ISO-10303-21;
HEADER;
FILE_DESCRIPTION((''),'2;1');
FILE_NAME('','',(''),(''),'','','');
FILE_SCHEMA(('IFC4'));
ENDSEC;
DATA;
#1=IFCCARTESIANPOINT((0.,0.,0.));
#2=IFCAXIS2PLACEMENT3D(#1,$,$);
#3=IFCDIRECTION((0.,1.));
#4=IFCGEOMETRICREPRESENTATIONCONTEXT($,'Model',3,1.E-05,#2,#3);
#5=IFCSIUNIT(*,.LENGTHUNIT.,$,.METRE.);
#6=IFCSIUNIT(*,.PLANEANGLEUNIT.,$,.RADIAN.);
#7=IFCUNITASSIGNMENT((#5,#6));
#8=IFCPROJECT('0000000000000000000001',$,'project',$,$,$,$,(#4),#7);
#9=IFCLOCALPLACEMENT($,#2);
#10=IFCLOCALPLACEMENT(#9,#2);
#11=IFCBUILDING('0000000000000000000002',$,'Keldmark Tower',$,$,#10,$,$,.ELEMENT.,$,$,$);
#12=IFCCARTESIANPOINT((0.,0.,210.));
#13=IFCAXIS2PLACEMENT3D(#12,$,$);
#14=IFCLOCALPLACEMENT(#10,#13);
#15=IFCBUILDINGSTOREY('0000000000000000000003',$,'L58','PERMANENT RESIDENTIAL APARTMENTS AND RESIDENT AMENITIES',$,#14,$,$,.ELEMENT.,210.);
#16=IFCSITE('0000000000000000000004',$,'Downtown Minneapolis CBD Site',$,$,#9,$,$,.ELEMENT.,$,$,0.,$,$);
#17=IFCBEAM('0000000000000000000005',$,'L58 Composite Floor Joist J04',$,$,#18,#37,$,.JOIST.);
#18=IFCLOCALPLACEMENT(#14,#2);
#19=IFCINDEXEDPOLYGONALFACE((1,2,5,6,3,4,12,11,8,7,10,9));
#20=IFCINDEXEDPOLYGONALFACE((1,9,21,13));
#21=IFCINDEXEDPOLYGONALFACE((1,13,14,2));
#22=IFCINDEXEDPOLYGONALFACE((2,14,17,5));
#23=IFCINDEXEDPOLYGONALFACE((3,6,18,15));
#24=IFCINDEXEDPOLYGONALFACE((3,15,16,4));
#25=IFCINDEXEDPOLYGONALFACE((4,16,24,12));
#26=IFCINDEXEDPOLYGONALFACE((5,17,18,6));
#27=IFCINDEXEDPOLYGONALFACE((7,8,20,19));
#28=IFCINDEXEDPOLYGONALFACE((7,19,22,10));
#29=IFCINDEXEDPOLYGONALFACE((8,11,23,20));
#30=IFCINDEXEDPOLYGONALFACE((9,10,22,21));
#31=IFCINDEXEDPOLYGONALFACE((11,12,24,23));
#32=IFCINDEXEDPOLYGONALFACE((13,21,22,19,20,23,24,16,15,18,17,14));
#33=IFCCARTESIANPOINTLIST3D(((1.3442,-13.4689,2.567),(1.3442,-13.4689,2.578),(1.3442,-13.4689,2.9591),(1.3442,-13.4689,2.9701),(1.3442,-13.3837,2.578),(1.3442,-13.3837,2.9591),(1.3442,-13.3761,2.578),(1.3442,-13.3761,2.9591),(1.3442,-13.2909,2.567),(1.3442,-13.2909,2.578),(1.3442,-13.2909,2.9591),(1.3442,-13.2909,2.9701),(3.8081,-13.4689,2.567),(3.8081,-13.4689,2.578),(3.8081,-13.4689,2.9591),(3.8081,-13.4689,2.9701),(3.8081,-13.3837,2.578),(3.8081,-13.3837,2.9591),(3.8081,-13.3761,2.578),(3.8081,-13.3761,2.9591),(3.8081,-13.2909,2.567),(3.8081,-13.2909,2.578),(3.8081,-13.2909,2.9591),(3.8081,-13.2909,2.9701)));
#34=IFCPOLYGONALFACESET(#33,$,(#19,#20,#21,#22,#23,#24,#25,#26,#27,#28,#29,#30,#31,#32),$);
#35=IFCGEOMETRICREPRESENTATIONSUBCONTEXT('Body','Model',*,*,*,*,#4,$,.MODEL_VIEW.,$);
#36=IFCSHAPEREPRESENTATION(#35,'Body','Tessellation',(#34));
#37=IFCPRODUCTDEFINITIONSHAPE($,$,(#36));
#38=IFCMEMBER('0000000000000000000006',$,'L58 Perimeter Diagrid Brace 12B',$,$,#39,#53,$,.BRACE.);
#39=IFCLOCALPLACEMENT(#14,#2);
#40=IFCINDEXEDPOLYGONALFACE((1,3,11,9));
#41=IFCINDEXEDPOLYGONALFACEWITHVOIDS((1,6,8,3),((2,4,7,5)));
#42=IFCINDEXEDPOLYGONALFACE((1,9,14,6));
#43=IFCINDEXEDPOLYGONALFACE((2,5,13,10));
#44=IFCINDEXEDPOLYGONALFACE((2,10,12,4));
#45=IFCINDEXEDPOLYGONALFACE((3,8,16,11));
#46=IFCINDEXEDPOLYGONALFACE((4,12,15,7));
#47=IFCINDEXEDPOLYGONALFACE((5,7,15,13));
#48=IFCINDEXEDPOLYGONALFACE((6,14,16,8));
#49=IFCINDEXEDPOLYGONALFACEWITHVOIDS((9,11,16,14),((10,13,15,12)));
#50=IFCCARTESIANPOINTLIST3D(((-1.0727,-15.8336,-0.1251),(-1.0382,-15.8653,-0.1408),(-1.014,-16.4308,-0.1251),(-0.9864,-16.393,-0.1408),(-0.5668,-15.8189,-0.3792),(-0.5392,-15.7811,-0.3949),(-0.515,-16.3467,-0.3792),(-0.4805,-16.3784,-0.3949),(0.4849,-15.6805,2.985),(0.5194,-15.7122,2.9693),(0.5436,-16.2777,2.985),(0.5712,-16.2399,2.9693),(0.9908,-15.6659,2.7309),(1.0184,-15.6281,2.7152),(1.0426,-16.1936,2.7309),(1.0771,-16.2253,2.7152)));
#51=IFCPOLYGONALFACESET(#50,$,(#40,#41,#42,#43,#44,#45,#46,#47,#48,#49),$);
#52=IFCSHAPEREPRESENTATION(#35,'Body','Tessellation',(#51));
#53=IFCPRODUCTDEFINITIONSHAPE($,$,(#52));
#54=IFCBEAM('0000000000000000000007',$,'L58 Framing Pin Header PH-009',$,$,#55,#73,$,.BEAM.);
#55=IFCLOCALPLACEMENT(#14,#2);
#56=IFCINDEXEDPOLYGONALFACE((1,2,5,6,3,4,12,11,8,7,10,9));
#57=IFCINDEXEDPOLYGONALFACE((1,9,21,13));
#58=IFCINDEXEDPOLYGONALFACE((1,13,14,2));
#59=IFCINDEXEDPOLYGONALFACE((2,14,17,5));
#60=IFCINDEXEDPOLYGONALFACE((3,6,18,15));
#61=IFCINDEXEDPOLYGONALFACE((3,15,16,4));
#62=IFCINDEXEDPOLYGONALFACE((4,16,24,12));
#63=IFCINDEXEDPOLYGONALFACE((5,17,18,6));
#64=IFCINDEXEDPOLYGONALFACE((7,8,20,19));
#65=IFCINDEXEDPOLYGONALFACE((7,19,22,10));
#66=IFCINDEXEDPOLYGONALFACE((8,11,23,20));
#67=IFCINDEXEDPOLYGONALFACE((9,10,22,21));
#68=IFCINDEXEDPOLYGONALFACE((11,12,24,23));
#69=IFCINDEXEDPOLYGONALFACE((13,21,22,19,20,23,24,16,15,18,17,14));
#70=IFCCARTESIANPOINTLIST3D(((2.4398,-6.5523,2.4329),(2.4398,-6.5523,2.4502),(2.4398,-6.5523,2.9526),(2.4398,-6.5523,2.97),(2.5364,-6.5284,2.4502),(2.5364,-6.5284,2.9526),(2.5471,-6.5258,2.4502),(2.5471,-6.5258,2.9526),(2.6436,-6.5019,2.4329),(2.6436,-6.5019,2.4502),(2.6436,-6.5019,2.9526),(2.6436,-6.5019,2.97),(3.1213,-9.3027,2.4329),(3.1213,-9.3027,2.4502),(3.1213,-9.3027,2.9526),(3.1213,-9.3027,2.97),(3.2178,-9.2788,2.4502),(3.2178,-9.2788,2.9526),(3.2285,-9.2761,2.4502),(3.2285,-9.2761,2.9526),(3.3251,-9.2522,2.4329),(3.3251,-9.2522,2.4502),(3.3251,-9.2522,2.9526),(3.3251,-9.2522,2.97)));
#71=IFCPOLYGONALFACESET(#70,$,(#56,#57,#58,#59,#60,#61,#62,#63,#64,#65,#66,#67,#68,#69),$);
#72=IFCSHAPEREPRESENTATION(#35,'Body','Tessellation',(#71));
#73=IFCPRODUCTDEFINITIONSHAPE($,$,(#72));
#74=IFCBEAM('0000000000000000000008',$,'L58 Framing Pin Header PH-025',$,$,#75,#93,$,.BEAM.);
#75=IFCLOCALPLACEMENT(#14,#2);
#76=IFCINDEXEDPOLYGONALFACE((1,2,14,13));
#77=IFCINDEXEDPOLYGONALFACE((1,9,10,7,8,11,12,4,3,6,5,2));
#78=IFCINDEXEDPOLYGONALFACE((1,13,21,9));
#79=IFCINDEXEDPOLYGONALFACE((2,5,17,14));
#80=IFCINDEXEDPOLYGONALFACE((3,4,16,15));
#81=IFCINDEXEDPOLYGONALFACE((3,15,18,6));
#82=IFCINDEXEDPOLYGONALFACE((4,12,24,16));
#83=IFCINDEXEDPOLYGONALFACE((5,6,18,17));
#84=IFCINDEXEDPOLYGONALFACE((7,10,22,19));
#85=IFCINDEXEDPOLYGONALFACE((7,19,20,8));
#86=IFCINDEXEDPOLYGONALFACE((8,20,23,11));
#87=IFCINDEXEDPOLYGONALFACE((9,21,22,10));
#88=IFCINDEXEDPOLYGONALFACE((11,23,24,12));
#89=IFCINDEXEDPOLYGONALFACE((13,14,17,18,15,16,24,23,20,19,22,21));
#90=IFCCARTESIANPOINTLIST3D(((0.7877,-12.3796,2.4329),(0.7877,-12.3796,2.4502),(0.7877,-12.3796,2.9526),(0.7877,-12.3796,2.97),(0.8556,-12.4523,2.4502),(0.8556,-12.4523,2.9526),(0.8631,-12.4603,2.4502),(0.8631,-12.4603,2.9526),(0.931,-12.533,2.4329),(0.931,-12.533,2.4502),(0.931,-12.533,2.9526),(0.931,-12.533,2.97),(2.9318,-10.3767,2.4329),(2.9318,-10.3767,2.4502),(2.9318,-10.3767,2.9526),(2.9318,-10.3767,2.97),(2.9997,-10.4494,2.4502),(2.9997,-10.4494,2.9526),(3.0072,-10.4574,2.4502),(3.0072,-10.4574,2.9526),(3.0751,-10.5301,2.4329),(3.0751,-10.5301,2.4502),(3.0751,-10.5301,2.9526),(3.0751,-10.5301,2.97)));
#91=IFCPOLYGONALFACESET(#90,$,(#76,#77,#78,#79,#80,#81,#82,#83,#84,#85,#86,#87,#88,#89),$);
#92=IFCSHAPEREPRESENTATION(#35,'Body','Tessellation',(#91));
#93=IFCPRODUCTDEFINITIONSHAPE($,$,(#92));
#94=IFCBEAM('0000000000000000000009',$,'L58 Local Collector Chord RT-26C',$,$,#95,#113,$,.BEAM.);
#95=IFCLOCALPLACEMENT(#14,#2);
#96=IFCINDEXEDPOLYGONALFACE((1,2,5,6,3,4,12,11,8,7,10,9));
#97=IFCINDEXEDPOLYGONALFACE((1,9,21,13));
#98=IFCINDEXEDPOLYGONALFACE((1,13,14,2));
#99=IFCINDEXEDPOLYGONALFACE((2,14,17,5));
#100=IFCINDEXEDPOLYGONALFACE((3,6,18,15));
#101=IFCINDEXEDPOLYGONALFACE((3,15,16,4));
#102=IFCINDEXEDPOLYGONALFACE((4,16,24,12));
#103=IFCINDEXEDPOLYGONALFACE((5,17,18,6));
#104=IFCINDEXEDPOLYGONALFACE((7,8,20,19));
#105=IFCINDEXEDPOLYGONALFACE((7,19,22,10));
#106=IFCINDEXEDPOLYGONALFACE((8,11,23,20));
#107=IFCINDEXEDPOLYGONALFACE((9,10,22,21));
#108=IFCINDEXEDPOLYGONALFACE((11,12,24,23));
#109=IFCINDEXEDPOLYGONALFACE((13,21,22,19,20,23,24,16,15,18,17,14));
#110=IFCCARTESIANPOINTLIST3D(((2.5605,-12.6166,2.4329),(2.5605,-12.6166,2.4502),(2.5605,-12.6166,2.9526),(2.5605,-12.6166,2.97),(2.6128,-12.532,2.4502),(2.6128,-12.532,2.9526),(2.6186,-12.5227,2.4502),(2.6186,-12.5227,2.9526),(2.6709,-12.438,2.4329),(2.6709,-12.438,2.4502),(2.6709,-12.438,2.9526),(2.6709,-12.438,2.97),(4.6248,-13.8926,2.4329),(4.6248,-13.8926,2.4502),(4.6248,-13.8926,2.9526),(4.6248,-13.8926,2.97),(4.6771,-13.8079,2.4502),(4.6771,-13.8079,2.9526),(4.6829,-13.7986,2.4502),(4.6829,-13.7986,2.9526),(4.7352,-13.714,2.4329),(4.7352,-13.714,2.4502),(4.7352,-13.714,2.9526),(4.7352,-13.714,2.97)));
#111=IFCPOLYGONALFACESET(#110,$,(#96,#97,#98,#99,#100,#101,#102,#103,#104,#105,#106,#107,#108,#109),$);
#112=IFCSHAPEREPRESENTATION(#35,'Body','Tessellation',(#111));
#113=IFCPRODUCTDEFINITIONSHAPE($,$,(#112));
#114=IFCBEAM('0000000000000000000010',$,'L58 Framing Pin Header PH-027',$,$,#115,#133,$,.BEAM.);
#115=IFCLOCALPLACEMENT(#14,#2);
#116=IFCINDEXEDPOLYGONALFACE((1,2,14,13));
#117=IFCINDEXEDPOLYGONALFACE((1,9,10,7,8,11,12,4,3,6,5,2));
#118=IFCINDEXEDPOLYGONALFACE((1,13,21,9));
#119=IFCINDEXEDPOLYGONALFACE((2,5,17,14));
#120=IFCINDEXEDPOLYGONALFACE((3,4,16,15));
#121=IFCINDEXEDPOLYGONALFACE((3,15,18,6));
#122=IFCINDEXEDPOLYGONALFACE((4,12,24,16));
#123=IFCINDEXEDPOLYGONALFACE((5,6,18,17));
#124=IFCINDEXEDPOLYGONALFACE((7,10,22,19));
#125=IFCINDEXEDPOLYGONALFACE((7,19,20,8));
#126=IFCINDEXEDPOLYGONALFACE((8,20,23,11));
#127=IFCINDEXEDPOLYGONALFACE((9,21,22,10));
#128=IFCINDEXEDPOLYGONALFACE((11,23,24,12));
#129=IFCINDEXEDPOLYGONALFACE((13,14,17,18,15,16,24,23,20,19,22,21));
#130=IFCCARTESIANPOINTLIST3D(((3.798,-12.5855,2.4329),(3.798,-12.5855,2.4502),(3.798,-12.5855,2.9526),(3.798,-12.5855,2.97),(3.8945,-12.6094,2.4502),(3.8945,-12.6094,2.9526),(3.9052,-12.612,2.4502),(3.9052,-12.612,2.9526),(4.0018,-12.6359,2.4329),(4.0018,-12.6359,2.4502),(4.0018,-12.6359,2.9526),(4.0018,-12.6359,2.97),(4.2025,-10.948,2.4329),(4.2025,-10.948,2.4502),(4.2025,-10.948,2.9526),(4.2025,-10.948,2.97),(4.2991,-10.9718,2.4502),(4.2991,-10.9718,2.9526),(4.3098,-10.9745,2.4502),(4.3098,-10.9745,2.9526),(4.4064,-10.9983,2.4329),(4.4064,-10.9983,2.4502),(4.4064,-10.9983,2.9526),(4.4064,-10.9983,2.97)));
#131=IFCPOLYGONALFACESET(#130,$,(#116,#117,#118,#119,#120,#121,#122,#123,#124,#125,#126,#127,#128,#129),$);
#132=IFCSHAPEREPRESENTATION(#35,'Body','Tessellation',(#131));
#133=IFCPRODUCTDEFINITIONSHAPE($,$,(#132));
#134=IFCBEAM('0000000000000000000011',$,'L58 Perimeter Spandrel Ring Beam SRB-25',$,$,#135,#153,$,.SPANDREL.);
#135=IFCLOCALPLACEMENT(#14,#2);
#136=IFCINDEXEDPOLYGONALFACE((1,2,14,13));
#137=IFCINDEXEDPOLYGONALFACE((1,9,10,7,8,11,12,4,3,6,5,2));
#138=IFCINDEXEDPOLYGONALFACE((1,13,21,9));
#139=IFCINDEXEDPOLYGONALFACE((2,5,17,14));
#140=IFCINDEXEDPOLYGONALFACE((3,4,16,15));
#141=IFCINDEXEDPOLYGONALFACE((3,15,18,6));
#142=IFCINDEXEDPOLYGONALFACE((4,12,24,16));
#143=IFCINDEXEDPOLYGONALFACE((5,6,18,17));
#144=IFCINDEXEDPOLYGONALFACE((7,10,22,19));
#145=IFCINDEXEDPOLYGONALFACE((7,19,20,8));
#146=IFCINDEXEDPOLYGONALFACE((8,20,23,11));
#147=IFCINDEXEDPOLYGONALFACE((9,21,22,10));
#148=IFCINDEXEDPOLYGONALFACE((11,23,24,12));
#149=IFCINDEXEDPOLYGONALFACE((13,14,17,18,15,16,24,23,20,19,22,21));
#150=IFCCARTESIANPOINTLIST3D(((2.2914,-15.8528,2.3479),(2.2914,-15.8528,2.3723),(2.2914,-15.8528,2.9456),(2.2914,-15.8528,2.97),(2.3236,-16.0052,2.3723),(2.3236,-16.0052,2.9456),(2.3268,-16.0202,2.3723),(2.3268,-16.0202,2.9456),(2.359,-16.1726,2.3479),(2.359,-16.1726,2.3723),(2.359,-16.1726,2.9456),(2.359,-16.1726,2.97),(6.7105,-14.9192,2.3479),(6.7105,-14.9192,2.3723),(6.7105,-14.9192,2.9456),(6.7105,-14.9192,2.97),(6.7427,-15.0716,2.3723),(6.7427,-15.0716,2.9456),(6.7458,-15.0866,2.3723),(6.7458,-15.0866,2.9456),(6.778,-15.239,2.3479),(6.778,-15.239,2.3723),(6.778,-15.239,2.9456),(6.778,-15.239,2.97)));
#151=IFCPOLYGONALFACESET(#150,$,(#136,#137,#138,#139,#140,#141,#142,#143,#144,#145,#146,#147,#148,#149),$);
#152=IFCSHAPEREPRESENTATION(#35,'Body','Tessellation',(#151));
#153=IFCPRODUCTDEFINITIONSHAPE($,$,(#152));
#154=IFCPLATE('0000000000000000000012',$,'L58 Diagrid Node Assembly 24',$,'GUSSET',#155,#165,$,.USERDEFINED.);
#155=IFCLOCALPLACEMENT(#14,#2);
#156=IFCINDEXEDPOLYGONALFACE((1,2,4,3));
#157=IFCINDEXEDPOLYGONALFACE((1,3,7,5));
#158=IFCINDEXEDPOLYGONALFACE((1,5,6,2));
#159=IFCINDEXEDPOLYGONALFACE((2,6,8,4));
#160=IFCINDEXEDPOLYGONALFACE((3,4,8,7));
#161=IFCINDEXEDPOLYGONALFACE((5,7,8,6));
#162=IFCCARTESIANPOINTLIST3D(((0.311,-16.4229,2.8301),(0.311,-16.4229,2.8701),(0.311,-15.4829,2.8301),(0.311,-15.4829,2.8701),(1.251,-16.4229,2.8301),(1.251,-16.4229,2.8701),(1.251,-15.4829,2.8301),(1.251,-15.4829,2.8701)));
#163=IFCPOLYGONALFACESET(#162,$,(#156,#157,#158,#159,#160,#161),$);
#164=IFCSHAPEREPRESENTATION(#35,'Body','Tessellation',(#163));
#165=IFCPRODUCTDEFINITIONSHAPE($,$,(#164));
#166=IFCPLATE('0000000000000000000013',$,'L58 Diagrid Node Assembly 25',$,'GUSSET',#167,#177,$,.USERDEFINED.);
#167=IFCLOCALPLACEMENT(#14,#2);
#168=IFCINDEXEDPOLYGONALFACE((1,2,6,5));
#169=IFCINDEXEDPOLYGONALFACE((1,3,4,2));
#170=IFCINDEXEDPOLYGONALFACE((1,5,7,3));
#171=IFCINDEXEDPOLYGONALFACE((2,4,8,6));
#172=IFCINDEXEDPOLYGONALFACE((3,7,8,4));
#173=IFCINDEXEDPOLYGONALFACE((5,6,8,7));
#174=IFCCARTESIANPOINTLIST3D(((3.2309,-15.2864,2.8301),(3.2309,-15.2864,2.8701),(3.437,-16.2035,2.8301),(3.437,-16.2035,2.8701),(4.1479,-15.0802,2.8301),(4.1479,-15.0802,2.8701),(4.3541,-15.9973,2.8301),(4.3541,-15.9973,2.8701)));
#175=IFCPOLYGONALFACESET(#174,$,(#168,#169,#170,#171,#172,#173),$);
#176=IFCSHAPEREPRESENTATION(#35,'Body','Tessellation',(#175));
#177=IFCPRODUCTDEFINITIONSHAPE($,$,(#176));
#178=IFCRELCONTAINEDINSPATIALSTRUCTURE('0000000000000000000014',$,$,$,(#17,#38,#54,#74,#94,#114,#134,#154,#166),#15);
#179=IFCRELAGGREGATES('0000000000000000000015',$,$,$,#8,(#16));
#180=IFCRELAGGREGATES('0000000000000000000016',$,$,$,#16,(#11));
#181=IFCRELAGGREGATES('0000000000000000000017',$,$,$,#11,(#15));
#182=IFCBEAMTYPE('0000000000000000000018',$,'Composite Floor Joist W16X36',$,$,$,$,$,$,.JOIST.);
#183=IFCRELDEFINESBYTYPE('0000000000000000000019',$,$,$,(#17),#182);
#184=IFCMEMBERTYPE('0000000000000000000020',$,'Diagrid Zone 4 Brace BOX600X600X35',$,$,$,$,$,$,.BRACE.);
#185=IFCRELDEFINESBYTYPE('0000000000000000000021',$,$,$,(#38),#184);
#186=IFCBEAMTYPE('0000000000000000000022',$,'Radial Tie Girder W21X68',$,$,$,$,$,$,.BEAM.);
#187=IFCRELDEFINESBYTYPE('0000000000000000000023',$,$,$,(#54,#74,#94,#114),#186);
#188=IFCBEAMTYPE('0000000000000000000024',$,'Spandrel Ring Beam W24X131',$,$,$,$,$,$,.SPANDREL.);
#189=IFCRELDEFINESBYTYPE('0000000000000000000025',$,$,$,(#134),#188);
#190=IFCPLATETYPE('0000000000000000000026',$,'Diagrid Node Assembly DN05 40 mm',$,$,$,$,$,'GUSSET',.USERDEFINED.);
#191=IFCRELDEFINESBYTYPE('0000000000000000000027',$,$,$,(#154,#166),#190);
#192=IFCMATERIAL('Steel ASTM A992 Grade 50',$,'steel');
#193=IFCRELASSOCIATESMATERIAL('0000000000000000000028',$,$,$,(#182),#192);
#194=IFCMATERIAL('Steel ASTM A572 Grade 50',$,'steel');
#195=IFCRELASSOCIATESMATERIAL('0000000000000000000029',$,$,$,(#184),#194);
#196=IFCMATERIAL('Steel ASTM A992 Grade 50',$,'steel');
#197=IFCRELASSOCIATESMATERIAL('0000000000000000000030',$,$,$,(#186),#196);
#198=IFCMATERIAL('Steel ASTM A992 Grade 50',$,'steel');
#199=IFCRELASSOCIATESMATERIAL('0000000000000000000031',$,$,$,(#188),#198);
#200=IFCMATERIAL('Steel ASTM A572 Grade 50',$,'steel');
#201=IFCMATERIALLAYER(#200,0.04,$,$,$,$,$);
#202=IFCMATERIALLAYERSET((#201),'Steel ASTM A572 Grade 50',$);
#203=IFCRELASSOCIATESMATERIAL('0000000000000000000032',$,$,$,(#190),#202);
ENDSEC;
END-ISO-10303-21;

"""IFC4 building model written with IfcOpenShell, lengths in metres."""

from ifc_helpers import new_model, si_unit, direction, frame, origin, origin_2d, place, context, subcontext, project, spatial, rectangle, hollow_rectangle, i_section, extrude, material, layer, layer_set, material_profile, profile_set, type_object, element, save


model = new_model("IFC4")

# Units and contexts
model_context = context("Model", 3, precision=1e-05, world=origin(), true_north=direction((0.0, 1.0)))
body_context = subcontext(model_context, "Body", "Model", "MODEL_VIEW")
ifc_project = project(units=[si_unit("LENGTHUNIT", "METRE"), si_unit("PLANEANGLEUNIT", "RADIAN")], contexts=[model_context])

# Site, building, storey
site_placement = place(None, origin())
site = spatial("IfcSite", under=ifc_project, at=site_placement, Name="Downtown Minneapolis CBD Site", CompositionType="ELEMENT", RefElevation=0.0)
building_placement = place(site_placement, origin())
building = spatial("IfcBuilding", under=site, at=building_placement, Name="Keldmark Tower", CompositionType="ELEMENT")
storey_placement = place(building_placement, frame((0.0, 0.0, 210.0)))
storey = spatial("IfcBuildingStorey", under=building, at=storey_placement, Name="L58", Description="PERMANENT RESIDENTIAL APARTMENTS AND RESIDENT AMENITIES", CompositionType="ELEMENT", Elevation=210.0)

# Beam
ifc_material_1 = material(Name="Steel ASTM A992 Grade 50", Category="steel")
ifc_material_profile_1 = material_profile(ifc_material_1, i_section(OverallWidth=0.178, OverallDepth=0.4031, WebThickness=0.0076, FlangeThickness=0.011, at=origin_2d()), Name="W16X36")
ifc_profile_set_1 = profile_set([ifc_material_profile_1], Name="Steel ASTM A992 Grade 50")
beam_type_1 = type_object("IfcBeamType", Name="Composite Floor Joist W16X36", PredefinedType="JOIST", material=ifc_profile_set_1)
beam_1_placement = place(storey_placement, frame((1.3442, -13.3799, 2.7686), z_axis=(1.0, 0.0, 0.0), x_axis=(0.0, 1.0, 0.0)))
element("IfcBeam", 1, at=beam_1_placement, inside=storey, type_object=beam_type_1, Name="L58 Composite Floor Joist J04", PredefinedType="JOIST", context=body_context, shape_type="SweptSolid", body=[
    extrude(i_section(OverallWidth=0.178, OverallDepth=0.4031, WebThickness=0.0076, FlangeThickness=0.011, at=origin_2d()), origin(), (0.0, 0.0, 1.0), 2.4639),
])

# Member
ifc_material_2 = material(Name="Steel ASTM A572 Grade 50", Category="steel")
ifc_material_profile_2 = material_profile(ifc_material_2, hollow_rectangle(XDim=0.6001, YDim=0.6001, WallThickness=0.0349, at=origin_2d()), Name="BOX600X600X35")
ifc_profile_set_2 = profile_set([ifc_material_profile_2], Name="Steel ASTM A572 Grade 50")
member_type = type_object("IfcMemberType", Name="Diagrid Zone 4 Brace BOX600X600X35", PredefinedType="BRACE", material=ifc_profile_set_2)
member_placement = place(storey_placement, frame((-0.7766, -16.106, -0.26), z_axis=(0.44737, 0.043966, 0.893268), x_axis=(-0.097805, 0.995206, 0.0)))
element("IfcMember", 2, at=member_placement, inside=storey, type_object=member_type, Name="L58 Perimeter Diagrid Brace 12B", PredefinedType="BRACE", context=body_context, shape_type="SweptSolid", body=[
    extrude(hollow_rectangle(XDim=0.6001, YDim=0.6001, WallThickness=0.0349, at=origin_2d()), origin(), (0.0, 0.0, 1.0), 3.4817),
])

# Beams
ifc_material_3 = material(Name="Steel ASTM A992 Grade 50", Category="steel")
ifc_material_profile_3 = material_profile(ifc_material_3, i_section(OverallWidth=0.21, OverallDepth=0.5371, WebThickness=0.011, FlangeThickness=0.0173, at=origin_2d()), Name="W21X68")
ifc_profile_set_3 = profile_set([ifc_material_profile_3], Name="Steel ASTM A992 Grade 50")
beam_type_2 = type_object("IfcBeamType", Name="Radial Tie Girder W21X68", PredefinedType="BEAM", material=ifc_profile_set_3)
beam_2_placement = place(storey_placement, frame((2.5417, -6.5271, 2.7014), z_axis=(0.240487, -0.970652, 0.0), x_axis=(0.970652, 0.240487, 0.0)))
element("IfcBeam", 3, at=beam_2_placement, inside=storey, type_object=beam_type_2, Name="L58 Framing Pin Header PH-009", PredefinedType="BEAM", context=body_context, shape_type="SweptSolid", body=[
    extrude(i_section(OverallWidth=0.21, OverallDepth=0.5371, WebThickness=0.011, FlangeThickness=0.0173, at=origin_2d()), origin(), (0.0, 0.0, 1.0), 2.8335),
])
beam_3_placement = place(storey_placement, frame((3.0034, -10.4534, 2.7014), z_axis=(-0.730745, -0.68265, 0.0), x_axis=(0.68265, -0.730745, 0.0)))
element("IfcBeam", 4, at=beam_3_placement, inside=storey, type_object=beam_type_2, Name="L58 Framing Pin Header PH-025", PredefinedType="BEAM", context=body_context, shape_type="SweptSolid", body=[
    extrude(i_section(OverallWidth=0.21, OverallDepth=0.5371, WebThickness=0.011, FlangeThickness=0.0173, at=origin_2d()), origin(), (0.0, 0.0, 1.0), 2.9341),
])
beam_4_placement = place(storey_placement, frame((2.6157, -12.5273, 2.7014), z_axis=(0.850627, -0.525769, 0.0), x_axis=(0.525769, 0.850627, 0.0)))
element("IfcBeam", 5, at=beam_4_placement, inside=storey, type_object=beam_type_2, Name="L58 Local Collector Chord RT-26C", PredefinedType="BEAM", context=body_context, shape_type="SweptSolid", body=[
    extrude(i_section(OverallWidth=0.21, OverallDepth=0.5371, WebThickness=0.011, FlangeThickness=0.0173, at=origin_2d()), origin(), (0.0, 0.0, 1.0), 2.4268),
])
beam_5_placement = place(storey_placement, frame((4.3044, -10.9731, 2.7014), z_axis=(-0.239844, -0.970811, 0.0), x_axis=(0.970811, -0.239844, 0.0)))
element("IfcBeam", 6, at=beam_5_placement, inside=storey, type_object=beam_type_2, Name="L58 Framing Pin Header PH-027", PredefinedType="BEAM", context=body_context, shape_type="SweptSolid", body=[
    extrude(i_section(OverallWidth=0.21, OverallDepth=0.5371, WebThickness=0.011, FlangeThickness=0.0173, at=origin_2d()), origin(), (0.0, 0.0, 1.0), 1.6868),
])
ifc_material_4 = material(Name="Steel ASTM A992 Grade 50", Category="steel")
ifc_material_profile_4 = material_profile(ifc_material_4, i_section(OverallWidth=0.3269, OverallDepth=0.6221, WebThickness=0.0154, FlangeThickness=0.0244, at=origin_2d()), Name="W24X131")
ifc_profile_set_4 = profile_set([ifc_material_profile_4], Name="Steel ASTM A992 Grade 50")
beam_type_3 = type_object("IfcBeamType", Name="Spandrel Ring Beam W24X131", PredefinedType="SPANDREL", material=ifc_profile_set_4)
beam_6_placement = place(storey_placement, frame((2.3252, -16.0127, 2.6589), z_axis=(0.978403, 0.206708, 0.0), x_axis=(-0.206708, 0.978403, 0.0)))
element("IfcBeam", 7, at=beam_6_placement, inside=storey, type_object=beam_type_3, Name="L58 Perimeter Spandrel Ring Beam SRB-25", PredefinedType="SPANDREL", context=body_context, shape_type="SweptSolid", body=[
    extrude(i_section(OverallWidth=0.3269, OverallDepth=0.6221, WebThickness=0.0154, FlangeThickness=0.0244, at=origin_2d()), origin(), (0.0, 0.0, 1.0), 4.5166),
])

# Plates
ifc_material_5 = material(Name="Steel ASTM A572 Grade 50", Category="steel")
ifc_layer_1 = layer(ifc_material_5, 0.04)
ifc_layer_set_1 = layer_set([ifc_layer_1], Name="Steel ASTM A572 Grade 50")
plate_type = type_object("IfcPlateType", Name="Diagrid Node Assembly DN05 40 mm", ElementType="GUSSET", PredefinedType="USERDEFINED", material=ifc_layer_set_1)
for number, where, z_axis, x_axis, name in (
    (8, (0.781, -15.9529, 2.8301), (0.0, 0.0, 1.0), (1.0, 0.0, 0.0), "L58 Diagrid Node Assembly 24"),
    (9, (3.7925, -15.6418, 2.8301), (0.0, 0.0, 1.0), (0.97565, 0.219335, 0.0), "L58 Diagrid Node Assembly 25"),
):
    element("IfcPlate", number, at=place(storey_placement, frame(where, z_axis=z_axis, x_axis=x_axis)), inside=storey, type_object=plate_type, Name=name, ObjectType="GUSSET", PredefinedType="USERDEFINED", context=body_context, shape_type="SweptSolid", body=[
        extrude(rectangle(XDim=0.9399, YDim=0.9399, at=origin_2d()), origin(), (0.0, 0.0, 1.0), 0.04),
    ])

save(model, "model.ifc")
